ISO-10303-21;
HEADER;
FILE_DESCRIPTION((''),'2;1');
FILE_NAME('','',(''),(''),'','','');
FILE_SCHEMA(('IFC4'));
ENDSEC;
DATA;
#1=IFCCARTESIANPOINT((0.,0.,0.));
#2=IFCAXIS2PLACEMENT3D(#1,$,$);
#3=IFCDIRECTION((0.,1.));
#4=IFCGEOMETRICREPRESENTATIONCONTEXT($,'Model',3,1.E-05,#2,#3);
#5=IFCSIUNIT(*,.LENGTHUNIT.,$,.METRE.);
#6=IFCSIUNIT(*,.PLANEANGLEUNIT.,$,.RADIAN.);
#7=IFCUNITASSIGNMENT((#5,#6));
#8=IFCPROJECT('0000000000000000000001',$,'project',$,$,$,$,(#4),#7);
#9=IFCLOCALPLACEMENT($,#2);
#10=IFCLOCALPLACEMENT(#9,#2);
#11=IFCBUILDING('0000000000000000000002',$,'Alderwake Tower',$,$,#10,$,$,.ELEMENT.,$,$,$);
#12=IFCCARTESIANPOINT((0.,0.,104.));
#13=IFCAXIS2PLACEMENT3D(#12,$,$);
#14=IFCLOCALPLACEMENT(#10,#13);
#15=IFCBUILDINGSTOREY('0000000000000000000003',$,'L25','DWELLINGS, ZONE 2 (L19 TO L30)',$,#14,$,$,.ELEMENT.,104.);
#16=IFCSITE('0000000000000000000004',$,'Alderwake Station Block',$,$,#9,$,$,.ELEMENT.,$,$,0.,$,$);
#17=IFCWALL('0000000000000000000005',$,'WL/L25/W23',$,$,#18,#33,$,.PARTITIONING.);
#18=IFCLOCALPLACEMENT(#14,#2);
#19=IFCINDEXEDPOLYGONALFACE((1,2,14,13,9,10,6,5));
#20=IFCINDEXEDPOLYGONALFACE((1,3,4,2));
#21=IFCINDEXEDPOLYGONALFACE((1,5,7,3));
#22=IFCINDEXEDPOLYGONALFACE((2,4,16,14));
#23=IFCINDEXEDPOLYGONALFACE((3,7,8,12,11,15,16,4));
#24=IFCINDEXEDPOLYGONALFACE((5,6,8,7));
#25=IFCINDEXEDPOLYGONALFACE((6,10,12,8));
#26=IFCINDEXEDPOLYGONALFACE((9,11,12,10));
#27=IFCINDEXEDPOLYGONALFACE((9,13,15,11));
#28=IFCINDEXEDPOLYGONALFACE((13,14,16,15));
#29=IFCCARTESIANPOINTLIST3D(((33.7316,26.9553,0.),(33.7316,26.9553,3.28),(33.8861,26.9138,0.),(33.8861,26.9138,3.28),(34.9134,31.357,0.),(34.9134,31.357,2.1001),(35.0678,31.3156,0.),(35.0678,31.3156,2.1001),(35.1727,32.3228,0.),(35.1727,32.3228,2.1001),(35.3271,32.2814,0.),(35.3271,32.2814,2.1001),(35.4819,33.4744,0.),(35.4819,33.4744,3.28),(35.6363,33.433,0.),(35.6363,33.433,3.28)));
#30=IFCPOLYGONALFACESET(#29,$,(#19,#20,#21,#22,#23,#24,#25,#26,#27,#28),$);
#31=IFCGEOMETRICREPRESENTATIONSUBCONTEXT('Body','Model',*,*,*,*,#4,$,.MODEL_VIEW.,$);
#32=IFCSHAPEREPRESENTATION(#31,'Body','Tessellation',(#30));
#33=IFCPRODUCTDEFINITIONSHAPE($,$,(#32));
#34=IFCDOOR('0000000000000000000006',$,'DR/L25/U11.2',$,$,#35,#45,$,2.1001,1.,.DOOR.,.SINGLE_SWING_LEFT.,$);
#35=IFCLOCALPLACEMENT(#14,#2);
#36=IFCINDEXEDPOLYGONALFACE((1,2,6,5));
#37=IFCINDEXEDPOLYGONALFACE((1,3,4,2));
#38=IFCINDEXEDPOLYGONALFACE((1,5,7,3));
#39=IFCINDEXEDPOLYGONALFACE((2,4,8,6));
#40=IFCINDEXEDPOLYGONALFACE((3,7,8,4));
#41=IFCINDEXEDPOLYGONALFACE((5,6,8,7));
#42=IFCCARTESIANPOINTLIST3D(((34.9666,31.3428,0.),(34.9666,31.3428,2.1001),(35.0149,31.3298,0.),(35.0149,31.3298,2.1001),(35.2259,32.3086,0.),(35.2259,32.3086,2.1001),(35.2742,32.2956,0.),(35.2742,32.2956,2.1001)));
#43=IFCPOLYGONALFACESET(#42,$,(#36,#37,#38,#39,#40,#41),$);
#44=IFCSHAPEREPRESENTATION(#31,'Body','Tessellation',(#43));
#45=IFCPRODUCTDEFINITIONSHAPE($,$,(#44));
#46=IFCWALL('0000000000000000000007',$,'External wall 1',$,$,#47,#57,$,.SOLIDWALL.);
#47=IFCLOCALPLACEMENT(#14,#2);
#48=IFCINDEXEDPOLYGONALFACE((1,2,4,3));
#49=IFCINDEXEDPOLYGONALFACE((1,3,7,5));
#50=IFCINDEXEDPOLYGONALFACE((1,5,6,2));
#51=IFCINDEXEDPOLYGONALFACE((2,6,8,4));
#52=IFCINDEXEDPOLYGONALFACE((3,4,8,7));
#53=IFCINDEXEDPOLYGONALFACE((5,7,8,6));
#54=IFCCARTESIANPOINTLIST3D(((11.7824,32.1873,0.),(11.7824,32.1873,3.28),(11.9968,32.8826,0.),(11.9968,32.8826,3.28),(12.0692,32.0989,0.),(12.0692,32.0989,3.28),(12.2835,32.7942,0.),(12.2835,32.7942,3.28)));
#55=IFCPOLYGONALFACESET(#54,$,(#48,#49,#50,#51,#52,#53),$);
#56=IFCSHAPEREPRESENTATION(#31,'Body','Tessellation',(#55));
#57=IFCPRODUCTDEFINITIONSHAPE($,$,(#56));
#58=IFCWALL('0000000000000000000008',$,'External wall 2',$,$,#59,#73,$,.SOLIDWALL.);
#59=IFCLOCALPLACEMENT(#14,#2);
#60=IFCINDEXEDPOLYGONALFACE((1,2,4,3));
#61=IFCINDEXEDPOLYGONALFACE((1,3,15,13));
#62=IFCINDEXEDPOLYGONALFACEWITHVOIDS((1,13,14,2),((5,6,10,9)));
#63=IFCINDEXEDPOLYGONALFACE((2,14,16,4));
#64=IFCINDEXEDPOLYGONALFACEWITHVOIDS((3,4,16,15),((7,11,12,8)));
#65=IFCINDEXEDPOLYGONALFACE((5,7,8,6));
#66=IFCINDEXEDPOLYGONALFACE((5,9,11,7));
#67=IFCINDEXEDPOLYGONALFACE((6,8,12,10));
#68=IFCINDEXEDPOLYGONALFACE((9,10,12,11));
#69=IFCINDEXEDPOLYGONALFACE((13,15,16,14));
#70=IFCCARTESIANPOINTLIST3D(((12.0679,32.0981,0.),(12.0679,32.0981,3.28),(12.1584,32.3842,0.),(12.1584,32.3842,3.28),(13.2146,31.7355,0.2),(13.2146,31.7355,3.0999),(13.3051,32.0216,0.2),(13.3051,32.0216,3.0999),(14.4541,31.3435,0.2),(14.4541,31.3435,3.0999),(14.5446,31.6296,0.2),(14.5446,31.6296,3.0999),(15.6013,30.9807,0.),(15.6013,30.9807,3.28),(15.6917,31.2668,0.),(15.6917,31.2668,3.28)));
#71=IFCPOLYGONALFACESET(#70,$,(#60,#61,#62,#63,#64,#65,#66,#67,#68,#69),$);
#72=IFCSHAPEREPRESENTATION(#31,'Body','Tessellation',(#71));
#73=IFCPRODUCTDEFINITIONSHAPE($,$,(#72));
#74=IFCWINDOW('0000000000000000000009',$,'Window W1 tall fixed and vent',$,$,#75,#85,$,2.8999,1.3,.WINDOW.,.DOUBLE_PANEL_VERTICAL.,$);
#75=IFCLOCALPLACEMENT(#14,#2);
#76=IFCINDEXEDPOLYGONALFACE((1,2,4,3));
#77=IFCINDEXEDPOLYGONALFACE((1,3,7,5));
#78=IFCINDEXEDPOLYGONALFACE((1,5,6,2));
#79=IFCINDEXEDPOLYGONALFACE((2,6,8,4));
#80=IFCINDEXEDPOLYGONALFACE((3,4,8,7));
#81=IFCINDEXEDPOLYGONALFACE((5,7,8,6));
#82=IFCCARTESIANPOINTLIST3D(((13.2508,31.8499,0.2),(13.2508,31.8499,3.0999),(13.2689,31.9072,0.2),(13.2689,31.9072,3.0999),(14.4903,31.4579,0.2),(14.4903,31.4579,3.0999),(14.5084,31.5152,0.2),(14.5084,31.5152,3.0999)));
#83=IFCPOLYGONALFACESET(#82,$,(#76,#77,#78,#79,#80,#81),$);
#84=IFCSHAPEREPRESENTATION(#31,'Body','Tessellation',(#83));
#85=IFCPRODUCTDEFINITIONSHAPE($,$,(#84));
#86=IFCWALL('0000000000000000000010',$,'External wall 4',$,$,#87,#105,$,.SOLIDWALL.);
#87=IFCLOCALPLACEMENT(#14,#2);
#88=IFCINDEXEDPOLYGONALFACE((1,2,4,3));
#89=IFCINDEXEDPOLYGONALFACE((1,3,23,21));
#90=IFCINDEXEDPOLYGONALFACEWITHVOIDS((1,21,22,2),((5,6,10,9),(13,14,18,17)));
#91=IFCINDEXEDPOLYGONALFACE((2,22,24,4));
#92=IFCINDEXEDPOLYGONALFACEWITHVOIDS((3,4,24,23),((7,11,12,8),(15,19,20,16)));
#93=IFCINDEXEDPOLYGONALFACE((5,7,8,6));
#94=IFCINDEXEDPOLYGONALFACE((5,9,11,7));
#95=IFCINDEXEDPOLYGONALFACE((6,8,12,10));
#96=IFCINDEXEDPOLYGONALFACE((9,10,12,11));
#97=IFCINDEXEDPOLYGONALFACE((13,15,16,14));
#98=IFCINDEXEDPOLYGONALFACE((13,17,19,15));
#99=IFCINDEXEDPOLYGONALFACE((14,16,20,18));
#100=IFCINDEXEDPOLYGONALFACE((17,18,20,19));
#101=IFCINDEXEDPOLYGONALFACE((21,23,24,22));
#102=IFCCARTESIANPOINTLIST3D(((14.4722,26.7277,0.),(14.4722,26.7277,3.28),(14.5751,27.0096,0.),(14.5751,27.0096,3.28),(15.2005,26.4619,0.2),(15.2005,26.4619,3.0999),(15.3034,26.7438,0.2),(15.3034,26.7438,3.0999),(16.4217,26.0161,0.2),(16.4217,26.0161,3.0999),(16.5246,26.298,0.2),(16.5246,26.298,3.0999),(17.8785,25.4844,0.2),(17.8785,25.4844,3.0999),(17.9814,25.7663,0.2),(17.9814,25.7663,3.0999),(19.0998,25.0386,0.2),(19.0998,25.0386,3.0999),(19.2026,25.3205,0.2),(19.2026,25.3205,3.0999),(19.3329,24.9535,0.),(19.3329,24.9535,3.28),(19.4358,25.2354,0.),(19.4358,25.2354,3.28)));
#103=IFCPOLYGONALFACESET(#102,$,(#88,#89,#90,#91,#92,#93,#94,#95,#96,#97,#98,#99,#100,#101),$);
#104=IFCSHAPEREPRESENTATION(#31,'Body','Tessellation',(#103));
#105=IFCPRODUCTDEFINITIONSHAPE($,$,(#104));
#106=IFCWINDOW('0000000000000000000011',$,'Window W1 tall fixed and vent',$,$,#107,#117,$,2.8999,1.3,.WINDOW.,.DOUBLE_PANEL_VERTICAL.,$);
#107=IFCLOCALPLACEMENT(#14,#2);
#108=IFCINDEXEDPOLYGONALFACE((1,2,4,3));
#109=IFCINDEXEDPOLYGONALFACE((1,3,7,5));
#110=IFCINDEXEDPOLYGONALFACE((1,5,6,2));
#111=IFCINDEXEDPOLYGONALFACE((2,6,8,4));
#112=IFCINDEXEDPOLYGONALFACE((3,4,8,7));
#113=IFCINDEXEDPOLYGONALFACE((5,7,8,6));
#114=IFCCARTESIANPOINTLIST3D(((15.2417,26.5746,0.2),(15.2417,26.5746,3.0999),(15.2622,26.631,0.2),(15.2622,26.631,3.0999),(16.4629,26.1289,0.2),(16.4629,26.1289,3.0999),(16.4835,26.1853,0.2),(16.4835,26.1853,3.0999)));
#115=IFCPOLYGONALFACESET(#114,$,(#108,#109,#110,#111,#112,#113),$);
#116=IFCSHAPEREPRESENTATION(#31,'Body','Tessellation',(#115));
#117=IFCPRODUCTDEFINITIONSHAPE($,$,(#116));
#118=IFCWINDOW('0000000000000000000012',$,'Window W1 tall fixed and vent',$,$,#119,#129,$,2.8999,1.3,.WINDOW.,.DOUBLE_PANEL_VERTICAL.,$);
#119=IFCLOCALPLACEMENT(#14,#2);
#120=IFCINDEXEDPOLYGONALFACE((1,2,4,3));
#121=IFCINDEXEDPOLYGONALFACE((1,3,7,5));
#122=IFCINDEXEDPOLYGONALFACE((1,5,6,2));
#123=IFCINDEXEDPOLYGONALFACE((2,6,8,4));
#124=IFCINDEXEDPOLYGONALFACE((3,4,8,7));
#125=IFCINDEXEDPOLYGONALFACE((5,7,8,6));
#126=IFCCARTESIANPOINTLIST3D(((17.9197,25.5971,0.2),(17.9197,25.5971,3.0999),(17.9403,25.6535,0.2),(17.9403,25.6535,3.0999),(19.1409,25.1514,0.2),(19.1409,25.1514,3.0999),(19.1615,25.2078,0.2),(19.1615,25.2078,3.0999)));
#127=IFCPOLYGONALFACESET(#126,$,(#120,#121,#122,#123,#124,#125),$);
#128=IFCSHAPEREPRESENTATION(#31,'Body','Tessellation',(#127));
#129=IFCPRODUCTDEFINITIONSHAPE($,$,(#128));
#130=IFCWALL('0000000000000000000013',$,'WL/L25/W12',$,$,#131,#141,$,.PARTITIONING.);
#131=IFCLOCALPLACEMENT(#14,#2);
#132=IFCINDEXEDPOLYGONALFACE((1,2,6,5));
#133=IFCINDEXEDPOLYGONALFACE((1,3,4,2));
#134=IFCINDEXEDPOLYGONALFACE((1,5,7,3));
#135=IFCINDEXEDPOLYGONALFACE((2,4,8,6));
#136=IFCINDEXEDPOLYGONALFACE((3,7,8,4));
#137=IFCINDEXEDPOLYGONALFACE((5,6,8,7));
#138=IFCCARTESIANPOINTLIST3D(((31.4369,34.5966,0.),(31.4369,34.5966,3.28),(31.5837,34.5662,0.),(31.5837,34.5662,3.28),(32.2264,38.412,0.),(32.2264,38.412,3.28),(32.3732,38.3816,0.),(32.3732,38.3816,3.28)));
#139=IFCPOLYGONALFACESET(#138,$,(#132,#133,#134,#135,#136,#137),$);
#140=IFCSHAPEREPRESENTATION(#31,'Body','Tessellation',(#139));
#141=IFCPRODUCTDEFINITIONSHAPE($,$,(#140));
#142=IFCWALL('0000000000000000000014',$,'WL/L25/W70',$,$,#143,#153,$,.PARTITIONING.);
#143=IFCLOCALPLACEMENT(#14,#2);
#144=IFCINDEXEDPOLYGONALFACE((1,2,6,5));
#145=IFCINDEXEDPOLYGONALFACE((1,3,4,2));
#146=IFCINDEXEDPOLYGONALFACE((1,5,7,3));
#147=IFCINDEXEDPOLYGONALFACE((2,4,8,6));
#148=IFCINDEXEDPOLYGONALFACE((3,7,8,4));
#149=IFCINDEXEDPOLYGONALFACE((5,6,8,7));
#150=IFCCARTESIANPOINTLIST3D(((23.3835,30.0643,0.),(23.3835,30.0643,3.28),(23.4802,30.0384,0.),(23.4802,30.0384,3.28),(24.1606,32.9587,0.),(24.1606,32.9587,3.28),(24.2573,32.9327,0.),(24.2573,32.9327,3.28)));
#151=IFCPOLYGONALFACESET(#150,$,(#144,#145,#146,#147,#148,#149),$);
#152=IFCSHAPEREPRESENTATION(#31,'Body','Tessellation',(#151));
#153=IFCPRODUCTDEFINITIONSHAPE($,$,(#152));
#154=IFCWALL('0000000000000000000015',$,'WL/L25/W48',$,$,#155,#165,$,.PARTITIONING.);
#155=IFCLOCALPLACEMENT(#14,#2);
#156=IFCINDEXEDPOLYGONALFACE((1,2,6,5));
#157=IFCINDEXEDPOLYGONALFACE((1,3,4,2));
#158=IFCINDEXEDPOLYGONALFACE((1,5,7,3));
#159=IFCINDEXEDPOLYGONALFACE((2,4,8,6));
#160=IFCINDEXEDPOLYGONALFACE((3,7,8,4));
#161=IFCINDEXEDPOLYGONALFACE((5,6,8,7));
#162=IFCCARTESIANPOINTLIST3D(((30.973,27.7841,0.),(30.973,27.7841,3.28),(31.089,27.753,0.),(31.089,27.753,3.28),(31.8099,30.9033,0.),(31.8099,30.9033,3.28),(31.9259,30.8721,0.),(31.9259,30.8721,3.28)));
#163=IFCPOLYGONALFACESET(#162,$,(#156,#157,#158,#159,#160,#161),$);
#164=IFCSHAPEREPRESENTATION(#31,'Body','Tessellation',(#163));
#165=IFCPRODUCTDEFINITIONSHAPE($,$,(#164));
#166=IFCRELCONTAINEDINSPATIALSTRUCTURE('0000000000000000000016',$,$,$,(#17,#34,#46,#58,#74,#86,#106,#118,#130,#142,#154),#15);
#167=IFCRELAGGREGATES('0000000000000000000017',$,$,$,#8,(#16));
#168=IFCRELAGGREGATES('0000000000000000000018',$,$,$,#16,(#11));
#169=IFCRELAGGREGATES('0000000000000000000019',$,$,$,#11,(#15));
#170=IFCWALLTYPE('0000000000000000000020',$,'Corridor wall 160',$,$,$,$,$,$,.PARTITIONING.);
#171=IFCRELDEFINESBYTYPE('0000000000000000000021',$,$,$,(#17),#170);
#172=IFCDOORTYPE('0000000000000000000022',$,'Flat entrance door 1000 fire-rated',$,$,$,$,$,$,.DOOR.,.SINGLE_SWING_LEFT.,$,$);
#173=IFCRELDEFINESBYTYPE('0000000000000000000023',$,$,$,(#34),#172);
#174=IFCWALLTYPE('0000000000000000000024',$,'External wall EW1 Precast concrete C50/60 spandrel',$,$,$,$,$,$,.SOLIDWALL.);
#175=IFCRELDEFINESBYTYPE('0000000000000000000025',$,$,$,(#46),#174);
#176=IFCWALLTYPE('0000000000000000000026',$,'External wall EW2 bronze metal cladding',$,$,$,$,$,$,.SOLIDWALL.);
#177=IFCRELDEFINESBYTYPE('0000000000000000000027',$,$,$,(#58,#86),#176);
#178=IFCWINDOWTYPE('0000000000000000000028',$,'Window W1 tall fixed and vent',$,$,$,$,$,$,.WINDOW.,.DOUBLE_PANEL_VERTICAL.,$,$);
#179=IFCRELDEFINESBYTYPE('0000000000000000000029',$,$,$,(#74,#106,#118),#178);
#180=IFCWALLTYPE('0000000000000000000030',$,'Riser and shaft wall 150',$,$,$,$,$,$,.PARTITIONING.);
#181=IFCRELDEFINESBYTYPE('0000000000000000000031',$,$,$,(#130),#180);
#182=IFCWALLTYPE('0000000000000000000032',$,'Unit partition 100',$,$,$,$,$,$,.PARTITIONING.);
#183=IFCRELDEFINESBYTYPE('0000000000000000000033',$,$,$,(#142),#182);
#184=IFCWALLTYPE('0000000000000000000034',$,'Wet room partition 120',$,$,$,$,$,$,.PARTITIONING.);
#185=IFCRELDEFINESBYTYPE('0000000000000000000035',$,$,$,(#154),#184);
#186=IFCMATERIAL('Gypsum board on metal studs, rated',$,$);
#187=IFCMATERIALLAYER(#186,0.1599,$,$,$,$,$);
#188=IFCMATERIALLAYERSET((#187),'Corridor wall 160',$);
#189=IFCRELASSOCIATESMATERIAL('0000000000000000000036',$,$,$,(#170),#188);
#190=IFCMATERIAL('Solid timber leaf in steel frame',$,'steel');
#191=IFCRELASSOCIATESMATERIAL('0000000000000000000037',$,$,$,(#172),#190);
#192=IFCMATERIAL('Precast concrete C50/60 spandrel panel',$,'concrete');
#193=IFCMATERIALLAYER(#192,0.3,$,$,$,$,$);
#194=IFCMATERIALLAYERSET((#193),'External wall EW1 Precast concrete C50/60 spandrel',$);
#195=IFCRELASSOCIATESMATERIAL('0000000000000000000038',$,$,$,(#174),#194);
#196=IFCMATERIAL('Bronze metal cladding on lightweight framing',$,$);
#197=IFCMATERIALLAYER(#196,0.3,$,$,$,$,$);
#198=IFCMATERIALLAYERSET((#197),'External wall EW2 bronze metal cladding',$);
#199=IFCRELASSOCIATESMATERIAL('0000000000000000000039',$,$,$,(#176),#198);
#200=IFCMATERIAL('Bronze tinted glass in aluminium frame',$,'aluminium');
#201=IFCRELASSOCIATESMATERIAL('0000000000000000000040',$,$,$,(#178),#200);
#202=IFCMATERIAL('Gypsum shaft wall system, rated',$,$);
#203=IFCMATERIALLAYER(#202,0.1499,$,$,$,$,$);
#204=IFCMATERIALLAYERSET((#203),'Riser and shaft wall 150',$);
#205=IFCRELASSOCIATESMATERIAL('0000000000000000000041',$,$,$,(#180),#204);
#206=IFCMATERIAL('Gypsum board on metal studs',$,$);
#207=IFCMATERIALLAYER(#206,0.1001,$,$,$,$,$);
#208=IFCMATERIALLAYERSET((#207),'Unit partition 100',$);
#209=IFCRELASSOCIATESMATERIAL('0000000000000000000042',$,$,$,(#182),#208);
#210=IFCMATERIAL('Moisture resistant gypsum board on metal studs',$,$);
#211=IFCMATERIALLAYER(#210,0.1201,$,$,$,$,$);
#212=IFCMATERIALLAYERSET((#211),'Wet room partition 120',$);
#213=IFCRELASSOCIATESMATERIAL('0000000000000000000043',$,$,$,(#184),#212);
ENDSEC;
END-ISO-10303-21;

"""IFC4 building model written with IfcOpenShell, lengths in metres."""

from ifc_helpers import new_model, si_unit, direction, frame, frame_2d, origin, place, context, subcontext, project, spatial, rectangle, extrude, material, layer, layer_set, type_object, element, fill, save


model = new_model("IFC4")

# Units and contexts
model_context = context("Model", 3, precision=1e-05, world=origin(), true_north=direction((0.0, 1.0)))
body_context = subcontext(model_context, "Body", "Model", "MODEL_VIEW")
ifc_project = project(units=[si_unit("LENGTHUNIT", "METRE"), si_unit("PLANEANGLEUNIT", "RADIAN")], contexts=[model_context])

# Site, building, storey
site_placement = place(None, origin())
site = spatial("IfcSite", under=ifc_project, at=site_placement, Name="Alderwake Station Block", CompositionType="ELEMENT", RefElevation=0.0)
building_placement = place(site_placement, origin())
building = spatial("IfcBuilding", under=site, at=building_placement, Name="Alderwake Tower", CompositionType="ELEMENT")
storey_placement = place(building_placement, frame((0.0, 0.0, 104.0)))
storey = spatial("IfcBuildingStorey", under=building, at=storey_placement, Name="L25", Description="DWELLINGS, ZONE 2 (L19 TO L30)", CompositionType="ELEMENT", Elevation=104.0)

# Wall, opening, door
ifc_material_1 = material(Name="Gypsum board on metal studs, rated")
ifc_layer_1 = layer(ifc_material_1, 0.1599)
ifc_layer_set_1 = layer_set([ifc_layer_1], Name="Corridor wall 160")
wall_type_1 = type_object("IfcWallType", Name="Corridor wall 160", PredefinedType="PARTITIONING", material=ifc_layer_set_1)
wall_1_placement = place(storey_placement, frame((33.8088, 26.9346, 0.0), z_axis=(0.0, 0.0, 1.0), x_axis=(0.259299, 0.965797, 0.0)))
wall_1 = element("IfcWall", 1, at=wall_1_placement, inside=storey, type_object=wall_type_1, Name="WL/L25/W23", PredefinedType="PARTITIONING", context=body_context, shape_type="SweptSolid", body=[
    extrude(rectangle(XDim=6.75, YDim=0.1599, at=frame_2d((3.375, 0.0))), origin(), (0.0, 0.0, 1.0), 3.28),
])
opening_1_placement = place(wall_1_placement, frame((4.5576, 0.0, 0.0)))
opening_1 = element("IfcOpeningElement", 2, at=opening_1_placement, cuts=wall_1, PredefinedType="OPENING", context=body_context, shape_type="SweptSolid", body=[
    extrude(rectangle(XDim=1.0, YDim=2.1001, at=frame_2d((0.5, 1.05))), frame((0.0, 0.0898, 0.0), z_axis=(0.0, -1.0, 0.0), x_axis=(1.0, 0.0, 0.0)), (0.0, 0.0, 1.0), 0.1799),
])
ifc_material_2 = material(Name="Solid timber leaf in steel frame", Category="steel")
door_type_1 = type_object("IfcDoorType", Name="Flat entrance door 1000 fire-rated", OperationType="SINGLE_SWING_LEFT", PredefinedType="DOOR", material=ifc_material_2)
door_1_placement = place(opening_1_placement, origin())
door_1 = element("IfcDoor", 3, at=door_1_placement, inside=storey, type_object=door_type_1, Name="DR/L25/U11.2", OperationType="SINGLE_SWING_LEFT", OverallHeight=2.1001, OverallWidth=1.0, PredefinedType="DOOR", context=body_context, shape_type="SweptSolid", body=[
    extrude(rectangle(XDim=1.0, YDim=2.1001, at=frame_2d((0.5, 1.05))), frame((0.0, 0.0249, 0.0), z_axis=(0.0, -1.0, 0.0), x_axis=(1.0, 0.0, 0.0)), (0.0, 0.0, 1.0), 0.05),
])
fill(opening_1, door_1)

# Wall
ifc_material_3 = material(Name="Precast concrete C50/60 spandrel panel", Category="concrete")
ifc_layer_2 = layer(ifc_material_3, 0.3)
ifc_layer_set_2 = layer_set([ifc_layer_2], Name="External wall EW1 Precast concrete C50/60 spandrel")
wall_type_2 = type_object("IfcWallType", Name="External wall EW1 Precast concrete C50/60 spandrel", PredefinedType="SOLIDWALL", material=ifc_layer_set_2)
wall_2_placement = place(storey_placement, frame((12.1401, 32.8384, 0.0), z_axis=(0.0, 0.0, 1.0), x_axis=(-0.294605, -0.955619, 0.0)))
element("IfcWall", 4, at=wall_2_placement, inside=storey, type_object=wall_type_2, Name="External wall 1", PredefinedType="SOLIDWALL", context=body_context, shape_type="SweptSolid", body=[
    extrude(rectangle(XDim=0.7275, YDim=0.3, at=frame_2d((0.3638, 0.0))), origin(), (0.0, 0.0, 1.0), 3.28),
])

# Wall, opening, window
ifc_material_4 = material(Name="Bronze metal cladding on lightweight framing")
ifc_layer_3 = layer(ifc_material_4, 0.3)
ifc_layer_set_3 = layer_set([ifc_layer_3], Name="External wall EW2 bronze metal cladding")
wall_type_3 = type_object("IfcWallType", Name="External wall EW2 bronze metal cladding", PredefinedType="SOLIDWALL", material=ifc_layer_set_3)
wall_3_placement = place(storey_placement, frame((12.113, 32.2412, 0.0), z_axis=(0.0, 0.0, 1.0), x_axis=(0.953458, -0.301525, 0.0)))
wall_3 = element("IfcWall", 5, at=wall_3_placement, inside=storey, type_object=wall_type_3, Name="External wall 2", PredefinedType="SOLIDWALL", context=body_context, shape_type="SweptSolid", body=[
    extrude(rectangle(XDim=3.7058, YDim=0.3, at=frame_2d((1.853, 0.0))), origin(), (0.0, 0.0, 1.0), 3.28),
])
opening_2_placement = place(wall_3_placement, frame((1.2029, 0.0, 0.2)))
opening_2 = element("IfcOpeningElement", 6, at=opening_2_placement, cuts=wall_3, PredefinedType="OPENING", context=body_context, shape_type="SweptSolid", body=[
    extrude(rectangle(XDim=1.3, YDim=2.8999, at=frame_2d((0.6499, 1.45))), frame((0.0, 0.1599, 0.0), z_axis=(0.0, -1.0, 0.0), x_axis=(1.0, 0.0, 0.0)), (0.0, 0.0, 1.0), 0.3201),
])
ifc_material_5 = material(Name="Bronze tinted glass in aluminium frame", Category="aluminium")
window_type = type_object("IfcWindowType", Name="Window W1 tall fixed and vent", PartitioningType="DOUBLE_PANEL_VERTICAL", PredefinedType="WINDOW", material=ifc_material_5)
window_1_placement = place(opening_2_placement, origin())
window_1 = element("IfcWindow", 7, at=window_1_placement, inside=storey, type_object=window_type, Name="Window W1 tall fixed and vent", OverallHeight=2.8999, OverallWidth=1.3, PartitioningType="DOUBLE_PANEL_VERTICAL", PredefinedType="WINDOW", context=body_context, shape_type="SweptSolid", body=[
    extrude(rectangle(XDim=1.3, YDim=2.8999, at=frame_2d((0.6499, 1.45))), frame((0.0, 0.03, 0.0), z_axis=(0.0, -1.0, 0.0), x_axis=(1.0, 0.0, 0.0)), (0.0, 0.0, 1.0), 0.0601),
])
fill(opening_2, window_1)

# Wall, openings, windows
wall_4_placement = place(storey_placement, frame((14.5237, 26.8687, 0.0), z_axis=(0.0, 0.0, 1.0), x_axis=(0.939378, -0.342883, 0.0)))
wall_4 = element("IfcWall", 8, at=wall_4_placement, inside=storey, type_object=wall_type_3, Name="External wall 4", PredefinedType="SOLIDWALL", context=body_context, shape_type="SweptSolid", body=[
    extrude(rectangle(XDim=5.1743, YDim=0.3, at=frame_2d((2.5872, 0.0))), origin(), (0.0, 0.0, 1.0), 3.28),
])
opening_3_placement = place(wall_4_placement, frame((0.7754, 0.0, 0.2)))
opening_3 = element("IfcOpeningElement", 9, at=opening_3_placement, cuts=wall_4, PredefinedType="OPENING", context=body_context, shape_type="SweptSolid", body=[
    extrude(rectangle(XDim=1.3, YDim=2.8999, at=frame_2d((0.6499, 1.45))), frame((0.0, 0.1599, 0.0), z_axis=(0.0, -1.0, 0.0), x_axis=(1.0, 0.0, 0.0)), (0.0, 0.0, 1.0), 0.3201),
])
opening_4_placement = place(wall_4_placement, frame((3.6262, 0.0, 0.2)))
opening_4 = element("IfcOpeningElement", 10, at=opening_4_placement, cuts=wall_4, PredefinedType="OPENING", context=body_context, shape_type="SweptSolid", body=[
    extrude(rectangle(XDim=1.3, YDim=2.8999, at=frame_2d((0.6499, 1.45))), frame((0.0, 0.1599, 0.0), z_axis=(0.0, -1.0, 0.0), x_axis=(1.0, 0.0, 0.0)), (0.0, 0.0, 1.0), 0.3201),
])
window_2_placement = place(opening_3_placement, origin())
window_2 = element("IfcWindow", 11, at=window_2_placement, inside=storey, type_object=window_type, Name="Window W1 tall fixed and vent", OverallHeight=2.8999, OverallWidth=1.3, PartitioningType="DOUBLE_PANEL_VERTICAL", PredefinedType="WINDOW", context=body_context, shape_type="SweptSolid", body=[
    extrude(rectangle(XDim=1.3, YDim=2.8999, at=frame_2d((0.6499, 1.45))), frame((0.0, 0.03, 0.0), z_axis=(0.0, -1.0, 0.0), x_axis=(1.0, 0.0, 0.0)), (0.0, 0.0, 1.0), 0.0601),
])
fill(opening_3, window_2)
window_3_placement = place(opening_4_placement, origin())
window_3 = element("IfcWindow", 12, at=window_3_placement, inside=storey, type_object=window_type, Name="Window W1 tall fixed and vent", OverallHeight=2.8999, OverallWidth=1.3, PartitioningType="DOUBLE_PANEL_VERTICAL", PredefinedType="WINDOW", context=body_context, shape_type="SweptSolid", body=[
    extrude(rectangle(XDim=1.3, YDim=2.8999, at=frame_2d((0.6499, 1.45))), frame((0.0, 0.03, 0.0), z_axis=(0.0, -1.0, 0.0), x_axis=(1.0, 0.0, 0.0)), (0.0, 0.0, 1.0), 0.0601),
])
fill(opening_4, window_3)

# Walls
ifc_material_6 = material(Name="Gypsum shaft wall system, rated")
ifc_layer_4 = layer(ifc_material_6, 0.1499)
ifc_layer_set_4 = layer_set([ifc_layer_4], Name="Riser and shaft wall 150")
wall_type_4 = type_object("IfcWallType", Name="Riser and shaft wall 150", PredefinedType="PARTITIONING", material=ifc_layer_set_4)
wall_5_placement = place(storey_placement, frame((31.5103, 34.5813, 0.0), z_axis=(0.0, 0.0, 1.0), x_axis=(0.202643, 0.979253, 0.0)))
element("IfcWall", 13, at=wall_5_placement, inside=storey, type_object=wall_type_4, Name="WL/L25/W12", PredefinedType="PARTITIONING", context=body_context, shape_type="SweptSolid", body=[
    extrude(rectangle(XDim=3.8962, YDim=0.1499, at=frame_2d((1.9482, 0.0))), origin(), (0.0, 0.0, 1.0), 3.28),
])
ifc_material_7 = material(Name="Gypsum board on metal studs")
ifc_layer_5 = layer(ifc_material_7, 0.1001)
ifc_layer_set_5 = layer_set([ifc_layer_5], Name="Unit partition 100")
wall_type_5 = type_object("IfcWallType", Name="Unit partition 100", PredefinedType="PARTITIONING", material=ifc_layer_set_5)
wall_6_placement = place(storey_placement, frame((24.209, 32.9458, 0.0), z_axis=(0.0, 0.0, 1.0), x_axis=(-0.25931, -0.965794, 0.0)))
element("IfcWall", 14, at=wall_6_placement, inside=storey, type_object=wall_type_5, Name="WL/L25/W70", PredefinedType="PARTITIONING", context=body_context, shape_type="SweptSolid", body=[
    extrude(rectangle(XDim=2.9968, YDim=0.1001, at=frame_2d((1.4985, 0.0))), origin(), (0.0, 0.0, 1.0), 3.28),
])
ifc_material_8 = material(Name="Moisture resistant gypsum board on metal studs")
ifc_layer_6 = layer(ifc_material_8, 0.1201)
ifc_layer_set_6 = layer_set([ifc_layer_6], Name="Wet room partition 120")
wall_type_6 = type_object("IfcWallType", Name="Wet room partition 120", PredefinedType="PARTITIONING", material=ifc_layer_set_6)
wall_7_placement = place(storey_placement, frame((31.8679, 30.8877, 0.0), z_axis=(0.0, 0.0, 1.0), x_axis=(-0.259149, -0.965837, 0.0)))
element("IfcWall", 15, at=wall_7_placement, inside=storey, type_object=wall_type_6, Name="WL/L25/W48", PredefinedType="PARTITIONING", context=body_context, shape_type="SweptSolid", body=[
    extrude(rectangle(XDim=3.2295, YDim=0.1201, at=frame_2d((1.6147, 0.0))), origin(), (0.0, 0.0, 1.0), 3.28),
])

save(model, "model.ifc")
